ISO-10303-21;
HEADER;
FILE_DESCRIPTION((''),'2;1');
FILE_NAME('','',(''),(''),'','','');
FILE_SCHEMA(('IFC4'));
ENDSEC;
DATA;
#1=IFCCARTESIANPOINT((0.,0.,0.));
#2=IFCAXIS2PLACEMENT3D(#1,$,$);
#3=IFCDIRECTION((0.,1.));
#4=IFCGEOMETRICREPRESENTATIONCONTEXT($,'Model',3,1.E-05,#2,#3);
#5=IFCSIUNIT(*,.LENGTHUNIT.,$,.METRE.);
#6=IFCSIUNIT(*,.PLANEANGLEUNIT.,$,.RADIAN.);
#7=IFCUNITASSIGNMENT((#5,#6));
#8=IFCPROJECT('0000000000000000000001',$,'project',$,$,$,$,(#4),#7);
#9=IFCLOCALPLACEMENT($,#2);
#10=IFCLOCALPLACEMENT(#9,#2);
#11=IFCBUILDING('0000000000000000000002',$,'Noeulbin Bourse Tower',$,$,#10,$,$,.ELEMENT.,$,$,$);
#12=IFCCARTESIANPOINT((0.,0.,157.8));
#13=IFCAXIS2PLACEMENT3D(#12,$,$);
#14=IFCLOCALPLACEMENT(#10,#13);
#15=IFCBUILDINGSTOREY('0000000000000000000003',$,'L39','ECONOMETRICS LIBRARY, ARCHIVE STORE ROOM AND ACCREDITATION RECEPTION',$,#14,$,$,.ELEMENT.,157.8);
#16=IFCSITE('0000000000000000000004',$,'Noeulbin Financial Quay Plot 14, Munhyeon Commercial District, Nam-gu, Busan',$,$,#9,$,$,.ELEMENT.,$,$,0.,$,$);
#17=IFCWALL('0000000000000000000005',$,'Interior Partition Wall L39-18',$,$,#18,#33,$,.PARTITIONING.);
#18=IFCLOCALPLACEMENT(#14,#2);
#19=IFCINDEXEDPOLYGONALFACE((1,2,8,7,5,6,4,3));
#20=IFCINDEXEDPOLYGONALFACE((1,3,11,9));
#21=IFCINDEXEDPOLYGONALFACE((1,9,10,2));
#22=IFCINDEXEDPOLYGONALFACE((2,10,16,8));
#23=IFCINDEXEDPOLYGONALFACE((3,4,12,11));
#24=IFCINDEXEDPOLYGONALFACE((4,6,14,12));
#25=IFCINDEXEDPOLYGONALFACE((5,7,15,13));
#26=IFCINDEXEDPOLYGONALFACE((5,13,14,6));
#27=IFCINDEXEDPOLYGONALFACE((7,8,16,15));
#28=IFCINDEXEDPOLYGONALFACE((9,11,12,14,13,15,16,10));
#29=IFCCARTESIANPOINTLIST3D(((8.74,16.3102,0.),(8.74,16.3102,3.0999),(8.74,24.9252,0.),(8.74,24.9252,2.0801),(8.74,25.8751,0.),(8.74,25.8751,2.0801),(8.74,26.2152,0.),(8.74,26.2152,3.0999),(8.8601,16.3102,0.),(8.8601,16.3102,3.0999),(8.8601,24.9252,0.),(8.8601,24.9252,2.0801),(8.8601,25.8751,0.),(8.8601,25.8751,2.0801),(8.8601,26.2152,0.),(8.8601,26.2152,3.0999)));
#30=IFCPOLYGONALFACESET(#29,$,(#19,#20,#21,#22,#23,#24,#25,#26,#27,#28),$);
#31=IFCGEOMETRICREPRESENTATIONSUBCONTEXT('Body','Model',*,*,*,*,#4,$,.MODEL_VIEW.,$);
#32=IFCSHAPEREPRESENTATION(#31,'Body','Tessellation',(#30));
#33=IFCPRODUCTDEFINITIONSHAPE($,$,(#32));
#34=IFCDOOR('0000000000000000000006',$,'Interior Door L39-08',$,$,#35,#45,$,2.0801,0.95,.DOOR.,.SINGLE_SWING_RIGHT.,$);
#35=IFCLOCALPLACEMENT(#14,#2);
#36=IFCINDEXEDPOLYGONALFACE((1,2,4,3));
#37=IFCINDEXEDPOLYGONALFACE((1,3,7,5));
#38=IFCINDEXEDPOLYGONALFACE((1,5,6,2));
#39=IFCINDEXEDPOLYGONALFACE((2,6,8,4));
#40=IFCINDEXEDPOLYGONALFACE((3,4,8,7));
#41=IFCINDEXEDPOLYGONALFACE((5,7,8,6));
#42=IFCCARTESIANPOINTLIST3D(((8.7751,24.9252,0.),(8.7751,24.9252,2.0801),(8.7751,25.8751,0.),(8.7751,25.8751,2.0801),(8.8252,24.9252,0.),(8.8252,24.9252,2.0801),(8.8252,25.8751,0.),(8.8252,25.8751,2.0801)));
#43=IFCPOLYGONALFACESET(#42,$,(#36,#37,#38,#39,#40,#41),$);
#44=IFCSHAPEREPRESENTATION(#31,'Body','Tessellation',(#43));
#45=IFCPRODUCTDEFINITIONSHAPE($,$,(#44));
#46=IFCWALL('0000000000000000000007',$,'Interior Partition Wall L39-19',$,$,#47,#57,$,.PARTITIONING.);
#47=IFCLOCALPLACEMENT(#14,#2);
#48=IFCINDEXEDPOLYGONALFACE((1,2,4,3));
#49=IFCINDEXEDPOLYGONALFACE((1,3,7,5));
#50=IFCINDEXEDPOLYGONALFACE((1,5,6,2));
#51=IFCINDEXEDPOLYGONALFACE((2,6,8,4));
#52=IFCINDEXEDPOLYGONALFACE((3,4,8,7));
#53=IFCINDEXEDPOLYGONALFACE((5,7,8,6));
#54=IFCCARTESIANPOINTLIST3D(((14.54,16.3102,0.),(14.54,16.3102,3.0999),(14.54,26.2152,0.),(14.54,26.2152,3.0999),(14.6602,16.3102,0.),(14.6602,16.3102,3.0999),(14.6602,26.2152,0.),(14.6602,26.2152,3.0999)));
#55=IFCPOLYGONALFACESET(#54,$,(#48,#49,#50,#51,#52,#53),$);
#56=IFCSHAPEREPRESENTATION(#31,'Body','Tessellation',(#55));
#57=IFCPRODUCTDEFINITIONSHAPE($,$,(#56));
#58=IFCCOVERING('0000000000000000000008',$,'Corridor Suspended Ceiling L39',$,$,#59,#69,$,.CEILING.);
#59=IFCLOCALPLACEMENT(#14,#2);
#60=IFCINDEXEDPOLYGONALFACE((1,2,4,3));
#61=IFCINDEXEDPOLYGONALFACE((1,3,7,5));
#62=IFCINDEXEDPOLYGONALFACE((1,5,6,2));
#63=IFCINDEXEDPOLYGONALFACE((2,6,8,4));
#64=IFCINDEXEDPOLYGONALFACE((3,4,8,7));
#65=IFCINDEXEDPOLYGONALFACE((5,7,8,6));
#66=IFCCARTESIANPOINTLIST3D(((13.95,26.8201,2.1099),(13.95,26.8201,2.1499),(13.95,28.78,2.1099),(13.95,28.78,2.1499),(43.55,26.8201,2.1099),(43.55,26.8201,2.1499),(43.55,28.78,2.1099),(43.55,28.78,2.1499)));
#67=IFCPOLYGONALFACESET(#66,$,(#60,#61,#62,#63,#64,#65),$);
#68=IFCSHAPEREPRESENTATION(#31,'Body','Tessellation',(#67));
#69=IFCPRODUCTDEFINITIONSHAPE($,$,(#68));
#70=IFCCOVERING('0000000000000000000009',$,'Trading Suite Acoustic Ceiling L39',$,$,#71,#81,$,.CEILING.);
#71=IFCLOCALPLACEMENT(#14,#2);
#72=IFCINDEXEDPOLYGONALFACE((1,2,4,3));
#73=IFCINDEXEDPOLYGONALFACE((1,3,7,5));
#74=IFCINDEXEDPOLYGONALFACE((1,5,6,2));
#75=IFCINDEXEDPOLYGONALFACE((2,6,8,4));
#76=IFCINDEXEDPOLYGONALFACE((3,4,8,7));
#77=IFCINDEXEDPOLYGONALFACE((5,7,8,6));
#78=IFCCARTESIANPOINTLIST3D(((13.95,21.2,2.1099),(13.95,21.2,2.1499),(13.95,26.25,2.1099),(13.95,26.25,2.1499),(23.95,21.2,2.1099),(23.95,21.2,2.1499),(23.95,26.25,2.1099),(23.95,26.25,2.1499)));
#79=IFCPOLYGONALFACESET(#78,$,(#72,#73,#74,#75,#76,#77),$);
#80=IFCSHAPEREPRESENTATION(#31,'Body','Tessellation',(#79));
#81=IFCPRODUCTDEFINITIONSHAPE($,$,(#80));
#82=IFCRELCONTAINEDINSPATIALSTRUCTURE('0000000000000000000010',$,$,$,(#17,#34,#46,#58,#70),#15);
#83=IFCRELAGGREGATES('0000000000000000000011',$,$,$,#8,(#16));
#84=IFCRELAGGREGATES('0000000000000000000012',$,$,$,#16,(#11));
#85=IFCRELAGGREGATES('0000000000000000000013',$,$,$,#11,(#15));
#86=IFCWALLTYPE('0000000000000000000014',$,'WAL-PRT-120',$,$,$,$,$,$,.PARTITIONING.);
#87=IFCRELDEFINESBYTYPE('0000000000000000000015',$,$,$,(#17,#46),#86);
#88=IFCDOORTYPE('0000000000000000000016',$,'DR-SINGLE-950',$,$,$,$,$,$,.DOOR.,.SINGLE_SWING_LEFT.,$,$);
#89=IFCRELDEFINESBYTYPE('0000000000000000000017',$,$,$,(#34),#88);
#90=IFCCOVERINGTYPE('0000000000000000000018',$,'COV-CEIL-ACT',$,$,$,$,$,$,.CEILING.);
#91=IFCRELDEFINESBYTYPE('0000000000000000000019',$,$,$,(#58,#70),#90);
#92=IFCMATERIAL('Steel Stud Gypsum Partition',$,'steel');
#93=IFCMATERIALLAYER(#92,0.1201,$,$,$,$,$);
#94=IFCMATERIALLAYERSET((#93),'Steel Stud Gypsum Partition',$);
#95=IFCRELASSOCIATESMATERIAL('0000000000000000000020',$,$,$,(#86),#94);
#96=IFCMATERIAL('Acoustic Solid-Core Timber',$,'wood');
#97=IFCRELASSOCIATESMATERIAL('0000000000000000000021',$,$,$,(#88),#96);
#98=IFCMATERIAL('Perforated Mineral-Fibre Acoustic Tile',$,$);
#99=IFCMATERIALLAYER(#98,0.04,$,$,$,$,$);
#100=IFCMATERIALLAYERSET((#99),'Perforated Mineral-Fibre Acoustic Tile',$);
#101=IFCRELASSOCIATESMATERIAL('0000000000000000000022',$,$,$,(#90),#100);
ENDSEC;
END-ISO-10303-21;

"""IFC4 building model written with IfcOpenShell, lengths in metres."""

from ifc_helpers import new_model, si_unit, direction, frame, frame_2d, origin, place, context, subcontext, project, spatial, polyline, rectangle, outline, extrude, material, layer, layer_set, type_object, element, fill, save


model = new_model("IFC4")

# Units and contexts
model_context = context("Model", 3, precision=1e-05, world=origin(), true_north=direction((0.0, 1.0)))
body_context = subcontext(model_context, "Body", "Model", "MODEL_VIEW")
ifc_project = project(units=[si_unit("LENGTHUNIT", "METRE"), si_unit("PLANEANGLEUNIT", "RADIAN")], contexts=[model_context])

# Site, building, storey
site_placement = place(None, origin())
site = spatial("IfcSite", under=ifc_project, at=site_placement, Name="Noeulbin Financial Quay Plot 14, Munhyeon Commercial District, Nam-gu, Busan", CompositionType="ELEMENT", RefElevation=0.0)
building_placement = place(site_placement, origin())
building = spatial("IfcBuilding", under=site, at=building_placement, Name="Noeulbin Bourse Tower", CompositionType="ELEMENT")
storey_placement = place(building_placement, frame((0.0, 0.0, 157.8)))
storey = spatial("IfcBuildingStorey", under=building, at=storey_placement, Name="L39", Description="ECONOMETRICS LIBRARY, ARCHIVE STORE ROOM AND ACCREDITATION RECEPTION", CompositionType="ELEMENT", Elevation=157.8)

# Wall, opening, door
ifc_material_1 = material(Name="Steel Stud Gypsum Partition", Category="steel")
ifc_layer_1 = layer(ifc_material_1, 0.1201)
ifc_layer_set_1 = layer_set([ifc_layer_1], Name="Steel Stud Gypsum Partition")
wall_type_1 = type_object("IfcWallType", Name="WAL-PRT-120", PredefinedType="PARTITIONING", material=ifc_layer_set_1)
wall_1_placement = place(storey_placement, frame((8.8, 16.3101, 0.0), z_axis=(0.0, 0.0, 1.0), x_axis=(0.0, 1.0, 0.0)))
wall_1 = element("IfcWall", 1, at=wall_1_placement, inside=storey, type_object=wall_type_1, Name="Interior Partition Wall L39-18", PredefinedType="PARTITIONING", context=body_context, shape_type="SweptSolid", body=[
    extrude(rectangle(XDim=9.905, YDim=0.1201, at=frame_2d((4.9526, 0.0))), origin(), (0.0, 0.0, 1.0), 3.0999),
])
opening_1_placement = place(wall_1_placement, frame((8.615, 0.0, 0.0)))
opening_1 = element("IfcOpeningElement", 2, at=opening_1_placement, cuts=wall_1, PredefinedType="OPENING", context=body_context, shape_type="SweptSolid", body=[
    extrude(rectangle(XDim=0.95, YDim=2.0801, at=frame_2d((0.4751, 1.04))), frame((0.0, 0.0701, 0.0), z_axis=(0.0, -1.0, 0.0), x_axis=(1.0, 0.0, 0.0)), (0.0, 0.0, 1.0), 0.1401),
])
ifc_material_2 = material(Name="Acoustic Solid-Core Timber", Category="wood")
door_type_1 = type_object("IfcDoorType", Name="DR-SINGLE-950", OperationType="SINGLE_SWING_LEFT", PredefinedType="DOOR", material=ifc_material_2)
door_1_placement = place(opening_1_placement, origin())
door_1 = element("IfcDoor", 3, at=door_1_placement, inside=storey, type_object=door_type_1, Name="Interior Door L39-08", OperationType="SINGLE_SWING_RIGHT", OverallHeight=2.0801, OverallWidth=0.95, PredefinedType="DOOR", context=body_context, shape_type="SweptSolid", body=[
    extrude(rectangle(XDim=0.95, YDim=2.0801, at=frame_2d((0.4751, 1.04))), frame((0.0, 0.0249, 0.0), z_axis=(0.0, -1.0, 0.0), x_axis=(1.0, 0.0, 0.0)), (0.0, 0.0, 1.0), 0.05),
])
fill(opening_1, door_1)

# Wall
wall_2_placement = place(storey_placement, frame((14.6001, 16.3101, 0.0), z_axis=(0.0, 0.0, 1.0), x_axis=(0.0, 1.0, 0.0)))
element("IfcWall", 4, at=wall_2_placement, inside=storey, type_object=wall_type_1, Name="Interior Partition Wall L39-19", PredefinedType="PARTITIONING", context=body_context, shape_type="SweptSolid", body=[
    extrude(rectangle(XDim=9.905, YDim=0.1201, at=frame_2d((4.9526, 0.0))), origin(), (0.0, 0.0, 1.0), 3.0999),
])

# Coverings
ifc_material_3 = material(Name="Perforated Mineral-Fibre Acoustic Tile")
ifc_layer_2 = layer(ifc_material_3, 0.04)
ifc_layer_set_2 = layer_set([ifc_layer_2], Name="Perforated Mineral-Fibre Acoustic Tile")
covering_type = type_object("IfcCoveringType", Name="COV-CEIL-ACT", PredefinedType="CEILING", material=ifc_layer_set_2)
covering_1_placement = place(storey_placement, frame((0.0, 0.0, 2.1099)))
element("IfcCovering", 5, at=covering_1_placement, inside=storey, type_object=covering_type, Name="Corridor Suspended Ceiling L39", PredefinedType="CEILING", context=body_context, shape_type="SweptSolid", body=[
    extrude(outline(polyline([(13.95, 26.8201), (43.55, 26.8201), (43.55, 28.78), (13.95, 28.78), (13.95, 26.8201)])), origin(), (0.0, 0.0, 1.0), 0.04),
])
covering_2_placement = place(storey_placement, frame((0.0, 0.0, 2.1099)))
element("IfcCovering", 6, at=covering_2_placement, inside=storey, type_object=covering_type, Name="Trading Suite Acoustic Ceiling L39", PredefinedType="CEILING", context=body_context, shape_type="SweptSolid", body=[
    extrude(outline(polyline([(13.95, 21.2), (23.95, 21.2), (23.95, 26.25), (13.95, 26.25), (13.95, 21.2)])), origin(), (0.0, 0.0, 1.0), 0.04),
])

save(model, "model.ifc")
